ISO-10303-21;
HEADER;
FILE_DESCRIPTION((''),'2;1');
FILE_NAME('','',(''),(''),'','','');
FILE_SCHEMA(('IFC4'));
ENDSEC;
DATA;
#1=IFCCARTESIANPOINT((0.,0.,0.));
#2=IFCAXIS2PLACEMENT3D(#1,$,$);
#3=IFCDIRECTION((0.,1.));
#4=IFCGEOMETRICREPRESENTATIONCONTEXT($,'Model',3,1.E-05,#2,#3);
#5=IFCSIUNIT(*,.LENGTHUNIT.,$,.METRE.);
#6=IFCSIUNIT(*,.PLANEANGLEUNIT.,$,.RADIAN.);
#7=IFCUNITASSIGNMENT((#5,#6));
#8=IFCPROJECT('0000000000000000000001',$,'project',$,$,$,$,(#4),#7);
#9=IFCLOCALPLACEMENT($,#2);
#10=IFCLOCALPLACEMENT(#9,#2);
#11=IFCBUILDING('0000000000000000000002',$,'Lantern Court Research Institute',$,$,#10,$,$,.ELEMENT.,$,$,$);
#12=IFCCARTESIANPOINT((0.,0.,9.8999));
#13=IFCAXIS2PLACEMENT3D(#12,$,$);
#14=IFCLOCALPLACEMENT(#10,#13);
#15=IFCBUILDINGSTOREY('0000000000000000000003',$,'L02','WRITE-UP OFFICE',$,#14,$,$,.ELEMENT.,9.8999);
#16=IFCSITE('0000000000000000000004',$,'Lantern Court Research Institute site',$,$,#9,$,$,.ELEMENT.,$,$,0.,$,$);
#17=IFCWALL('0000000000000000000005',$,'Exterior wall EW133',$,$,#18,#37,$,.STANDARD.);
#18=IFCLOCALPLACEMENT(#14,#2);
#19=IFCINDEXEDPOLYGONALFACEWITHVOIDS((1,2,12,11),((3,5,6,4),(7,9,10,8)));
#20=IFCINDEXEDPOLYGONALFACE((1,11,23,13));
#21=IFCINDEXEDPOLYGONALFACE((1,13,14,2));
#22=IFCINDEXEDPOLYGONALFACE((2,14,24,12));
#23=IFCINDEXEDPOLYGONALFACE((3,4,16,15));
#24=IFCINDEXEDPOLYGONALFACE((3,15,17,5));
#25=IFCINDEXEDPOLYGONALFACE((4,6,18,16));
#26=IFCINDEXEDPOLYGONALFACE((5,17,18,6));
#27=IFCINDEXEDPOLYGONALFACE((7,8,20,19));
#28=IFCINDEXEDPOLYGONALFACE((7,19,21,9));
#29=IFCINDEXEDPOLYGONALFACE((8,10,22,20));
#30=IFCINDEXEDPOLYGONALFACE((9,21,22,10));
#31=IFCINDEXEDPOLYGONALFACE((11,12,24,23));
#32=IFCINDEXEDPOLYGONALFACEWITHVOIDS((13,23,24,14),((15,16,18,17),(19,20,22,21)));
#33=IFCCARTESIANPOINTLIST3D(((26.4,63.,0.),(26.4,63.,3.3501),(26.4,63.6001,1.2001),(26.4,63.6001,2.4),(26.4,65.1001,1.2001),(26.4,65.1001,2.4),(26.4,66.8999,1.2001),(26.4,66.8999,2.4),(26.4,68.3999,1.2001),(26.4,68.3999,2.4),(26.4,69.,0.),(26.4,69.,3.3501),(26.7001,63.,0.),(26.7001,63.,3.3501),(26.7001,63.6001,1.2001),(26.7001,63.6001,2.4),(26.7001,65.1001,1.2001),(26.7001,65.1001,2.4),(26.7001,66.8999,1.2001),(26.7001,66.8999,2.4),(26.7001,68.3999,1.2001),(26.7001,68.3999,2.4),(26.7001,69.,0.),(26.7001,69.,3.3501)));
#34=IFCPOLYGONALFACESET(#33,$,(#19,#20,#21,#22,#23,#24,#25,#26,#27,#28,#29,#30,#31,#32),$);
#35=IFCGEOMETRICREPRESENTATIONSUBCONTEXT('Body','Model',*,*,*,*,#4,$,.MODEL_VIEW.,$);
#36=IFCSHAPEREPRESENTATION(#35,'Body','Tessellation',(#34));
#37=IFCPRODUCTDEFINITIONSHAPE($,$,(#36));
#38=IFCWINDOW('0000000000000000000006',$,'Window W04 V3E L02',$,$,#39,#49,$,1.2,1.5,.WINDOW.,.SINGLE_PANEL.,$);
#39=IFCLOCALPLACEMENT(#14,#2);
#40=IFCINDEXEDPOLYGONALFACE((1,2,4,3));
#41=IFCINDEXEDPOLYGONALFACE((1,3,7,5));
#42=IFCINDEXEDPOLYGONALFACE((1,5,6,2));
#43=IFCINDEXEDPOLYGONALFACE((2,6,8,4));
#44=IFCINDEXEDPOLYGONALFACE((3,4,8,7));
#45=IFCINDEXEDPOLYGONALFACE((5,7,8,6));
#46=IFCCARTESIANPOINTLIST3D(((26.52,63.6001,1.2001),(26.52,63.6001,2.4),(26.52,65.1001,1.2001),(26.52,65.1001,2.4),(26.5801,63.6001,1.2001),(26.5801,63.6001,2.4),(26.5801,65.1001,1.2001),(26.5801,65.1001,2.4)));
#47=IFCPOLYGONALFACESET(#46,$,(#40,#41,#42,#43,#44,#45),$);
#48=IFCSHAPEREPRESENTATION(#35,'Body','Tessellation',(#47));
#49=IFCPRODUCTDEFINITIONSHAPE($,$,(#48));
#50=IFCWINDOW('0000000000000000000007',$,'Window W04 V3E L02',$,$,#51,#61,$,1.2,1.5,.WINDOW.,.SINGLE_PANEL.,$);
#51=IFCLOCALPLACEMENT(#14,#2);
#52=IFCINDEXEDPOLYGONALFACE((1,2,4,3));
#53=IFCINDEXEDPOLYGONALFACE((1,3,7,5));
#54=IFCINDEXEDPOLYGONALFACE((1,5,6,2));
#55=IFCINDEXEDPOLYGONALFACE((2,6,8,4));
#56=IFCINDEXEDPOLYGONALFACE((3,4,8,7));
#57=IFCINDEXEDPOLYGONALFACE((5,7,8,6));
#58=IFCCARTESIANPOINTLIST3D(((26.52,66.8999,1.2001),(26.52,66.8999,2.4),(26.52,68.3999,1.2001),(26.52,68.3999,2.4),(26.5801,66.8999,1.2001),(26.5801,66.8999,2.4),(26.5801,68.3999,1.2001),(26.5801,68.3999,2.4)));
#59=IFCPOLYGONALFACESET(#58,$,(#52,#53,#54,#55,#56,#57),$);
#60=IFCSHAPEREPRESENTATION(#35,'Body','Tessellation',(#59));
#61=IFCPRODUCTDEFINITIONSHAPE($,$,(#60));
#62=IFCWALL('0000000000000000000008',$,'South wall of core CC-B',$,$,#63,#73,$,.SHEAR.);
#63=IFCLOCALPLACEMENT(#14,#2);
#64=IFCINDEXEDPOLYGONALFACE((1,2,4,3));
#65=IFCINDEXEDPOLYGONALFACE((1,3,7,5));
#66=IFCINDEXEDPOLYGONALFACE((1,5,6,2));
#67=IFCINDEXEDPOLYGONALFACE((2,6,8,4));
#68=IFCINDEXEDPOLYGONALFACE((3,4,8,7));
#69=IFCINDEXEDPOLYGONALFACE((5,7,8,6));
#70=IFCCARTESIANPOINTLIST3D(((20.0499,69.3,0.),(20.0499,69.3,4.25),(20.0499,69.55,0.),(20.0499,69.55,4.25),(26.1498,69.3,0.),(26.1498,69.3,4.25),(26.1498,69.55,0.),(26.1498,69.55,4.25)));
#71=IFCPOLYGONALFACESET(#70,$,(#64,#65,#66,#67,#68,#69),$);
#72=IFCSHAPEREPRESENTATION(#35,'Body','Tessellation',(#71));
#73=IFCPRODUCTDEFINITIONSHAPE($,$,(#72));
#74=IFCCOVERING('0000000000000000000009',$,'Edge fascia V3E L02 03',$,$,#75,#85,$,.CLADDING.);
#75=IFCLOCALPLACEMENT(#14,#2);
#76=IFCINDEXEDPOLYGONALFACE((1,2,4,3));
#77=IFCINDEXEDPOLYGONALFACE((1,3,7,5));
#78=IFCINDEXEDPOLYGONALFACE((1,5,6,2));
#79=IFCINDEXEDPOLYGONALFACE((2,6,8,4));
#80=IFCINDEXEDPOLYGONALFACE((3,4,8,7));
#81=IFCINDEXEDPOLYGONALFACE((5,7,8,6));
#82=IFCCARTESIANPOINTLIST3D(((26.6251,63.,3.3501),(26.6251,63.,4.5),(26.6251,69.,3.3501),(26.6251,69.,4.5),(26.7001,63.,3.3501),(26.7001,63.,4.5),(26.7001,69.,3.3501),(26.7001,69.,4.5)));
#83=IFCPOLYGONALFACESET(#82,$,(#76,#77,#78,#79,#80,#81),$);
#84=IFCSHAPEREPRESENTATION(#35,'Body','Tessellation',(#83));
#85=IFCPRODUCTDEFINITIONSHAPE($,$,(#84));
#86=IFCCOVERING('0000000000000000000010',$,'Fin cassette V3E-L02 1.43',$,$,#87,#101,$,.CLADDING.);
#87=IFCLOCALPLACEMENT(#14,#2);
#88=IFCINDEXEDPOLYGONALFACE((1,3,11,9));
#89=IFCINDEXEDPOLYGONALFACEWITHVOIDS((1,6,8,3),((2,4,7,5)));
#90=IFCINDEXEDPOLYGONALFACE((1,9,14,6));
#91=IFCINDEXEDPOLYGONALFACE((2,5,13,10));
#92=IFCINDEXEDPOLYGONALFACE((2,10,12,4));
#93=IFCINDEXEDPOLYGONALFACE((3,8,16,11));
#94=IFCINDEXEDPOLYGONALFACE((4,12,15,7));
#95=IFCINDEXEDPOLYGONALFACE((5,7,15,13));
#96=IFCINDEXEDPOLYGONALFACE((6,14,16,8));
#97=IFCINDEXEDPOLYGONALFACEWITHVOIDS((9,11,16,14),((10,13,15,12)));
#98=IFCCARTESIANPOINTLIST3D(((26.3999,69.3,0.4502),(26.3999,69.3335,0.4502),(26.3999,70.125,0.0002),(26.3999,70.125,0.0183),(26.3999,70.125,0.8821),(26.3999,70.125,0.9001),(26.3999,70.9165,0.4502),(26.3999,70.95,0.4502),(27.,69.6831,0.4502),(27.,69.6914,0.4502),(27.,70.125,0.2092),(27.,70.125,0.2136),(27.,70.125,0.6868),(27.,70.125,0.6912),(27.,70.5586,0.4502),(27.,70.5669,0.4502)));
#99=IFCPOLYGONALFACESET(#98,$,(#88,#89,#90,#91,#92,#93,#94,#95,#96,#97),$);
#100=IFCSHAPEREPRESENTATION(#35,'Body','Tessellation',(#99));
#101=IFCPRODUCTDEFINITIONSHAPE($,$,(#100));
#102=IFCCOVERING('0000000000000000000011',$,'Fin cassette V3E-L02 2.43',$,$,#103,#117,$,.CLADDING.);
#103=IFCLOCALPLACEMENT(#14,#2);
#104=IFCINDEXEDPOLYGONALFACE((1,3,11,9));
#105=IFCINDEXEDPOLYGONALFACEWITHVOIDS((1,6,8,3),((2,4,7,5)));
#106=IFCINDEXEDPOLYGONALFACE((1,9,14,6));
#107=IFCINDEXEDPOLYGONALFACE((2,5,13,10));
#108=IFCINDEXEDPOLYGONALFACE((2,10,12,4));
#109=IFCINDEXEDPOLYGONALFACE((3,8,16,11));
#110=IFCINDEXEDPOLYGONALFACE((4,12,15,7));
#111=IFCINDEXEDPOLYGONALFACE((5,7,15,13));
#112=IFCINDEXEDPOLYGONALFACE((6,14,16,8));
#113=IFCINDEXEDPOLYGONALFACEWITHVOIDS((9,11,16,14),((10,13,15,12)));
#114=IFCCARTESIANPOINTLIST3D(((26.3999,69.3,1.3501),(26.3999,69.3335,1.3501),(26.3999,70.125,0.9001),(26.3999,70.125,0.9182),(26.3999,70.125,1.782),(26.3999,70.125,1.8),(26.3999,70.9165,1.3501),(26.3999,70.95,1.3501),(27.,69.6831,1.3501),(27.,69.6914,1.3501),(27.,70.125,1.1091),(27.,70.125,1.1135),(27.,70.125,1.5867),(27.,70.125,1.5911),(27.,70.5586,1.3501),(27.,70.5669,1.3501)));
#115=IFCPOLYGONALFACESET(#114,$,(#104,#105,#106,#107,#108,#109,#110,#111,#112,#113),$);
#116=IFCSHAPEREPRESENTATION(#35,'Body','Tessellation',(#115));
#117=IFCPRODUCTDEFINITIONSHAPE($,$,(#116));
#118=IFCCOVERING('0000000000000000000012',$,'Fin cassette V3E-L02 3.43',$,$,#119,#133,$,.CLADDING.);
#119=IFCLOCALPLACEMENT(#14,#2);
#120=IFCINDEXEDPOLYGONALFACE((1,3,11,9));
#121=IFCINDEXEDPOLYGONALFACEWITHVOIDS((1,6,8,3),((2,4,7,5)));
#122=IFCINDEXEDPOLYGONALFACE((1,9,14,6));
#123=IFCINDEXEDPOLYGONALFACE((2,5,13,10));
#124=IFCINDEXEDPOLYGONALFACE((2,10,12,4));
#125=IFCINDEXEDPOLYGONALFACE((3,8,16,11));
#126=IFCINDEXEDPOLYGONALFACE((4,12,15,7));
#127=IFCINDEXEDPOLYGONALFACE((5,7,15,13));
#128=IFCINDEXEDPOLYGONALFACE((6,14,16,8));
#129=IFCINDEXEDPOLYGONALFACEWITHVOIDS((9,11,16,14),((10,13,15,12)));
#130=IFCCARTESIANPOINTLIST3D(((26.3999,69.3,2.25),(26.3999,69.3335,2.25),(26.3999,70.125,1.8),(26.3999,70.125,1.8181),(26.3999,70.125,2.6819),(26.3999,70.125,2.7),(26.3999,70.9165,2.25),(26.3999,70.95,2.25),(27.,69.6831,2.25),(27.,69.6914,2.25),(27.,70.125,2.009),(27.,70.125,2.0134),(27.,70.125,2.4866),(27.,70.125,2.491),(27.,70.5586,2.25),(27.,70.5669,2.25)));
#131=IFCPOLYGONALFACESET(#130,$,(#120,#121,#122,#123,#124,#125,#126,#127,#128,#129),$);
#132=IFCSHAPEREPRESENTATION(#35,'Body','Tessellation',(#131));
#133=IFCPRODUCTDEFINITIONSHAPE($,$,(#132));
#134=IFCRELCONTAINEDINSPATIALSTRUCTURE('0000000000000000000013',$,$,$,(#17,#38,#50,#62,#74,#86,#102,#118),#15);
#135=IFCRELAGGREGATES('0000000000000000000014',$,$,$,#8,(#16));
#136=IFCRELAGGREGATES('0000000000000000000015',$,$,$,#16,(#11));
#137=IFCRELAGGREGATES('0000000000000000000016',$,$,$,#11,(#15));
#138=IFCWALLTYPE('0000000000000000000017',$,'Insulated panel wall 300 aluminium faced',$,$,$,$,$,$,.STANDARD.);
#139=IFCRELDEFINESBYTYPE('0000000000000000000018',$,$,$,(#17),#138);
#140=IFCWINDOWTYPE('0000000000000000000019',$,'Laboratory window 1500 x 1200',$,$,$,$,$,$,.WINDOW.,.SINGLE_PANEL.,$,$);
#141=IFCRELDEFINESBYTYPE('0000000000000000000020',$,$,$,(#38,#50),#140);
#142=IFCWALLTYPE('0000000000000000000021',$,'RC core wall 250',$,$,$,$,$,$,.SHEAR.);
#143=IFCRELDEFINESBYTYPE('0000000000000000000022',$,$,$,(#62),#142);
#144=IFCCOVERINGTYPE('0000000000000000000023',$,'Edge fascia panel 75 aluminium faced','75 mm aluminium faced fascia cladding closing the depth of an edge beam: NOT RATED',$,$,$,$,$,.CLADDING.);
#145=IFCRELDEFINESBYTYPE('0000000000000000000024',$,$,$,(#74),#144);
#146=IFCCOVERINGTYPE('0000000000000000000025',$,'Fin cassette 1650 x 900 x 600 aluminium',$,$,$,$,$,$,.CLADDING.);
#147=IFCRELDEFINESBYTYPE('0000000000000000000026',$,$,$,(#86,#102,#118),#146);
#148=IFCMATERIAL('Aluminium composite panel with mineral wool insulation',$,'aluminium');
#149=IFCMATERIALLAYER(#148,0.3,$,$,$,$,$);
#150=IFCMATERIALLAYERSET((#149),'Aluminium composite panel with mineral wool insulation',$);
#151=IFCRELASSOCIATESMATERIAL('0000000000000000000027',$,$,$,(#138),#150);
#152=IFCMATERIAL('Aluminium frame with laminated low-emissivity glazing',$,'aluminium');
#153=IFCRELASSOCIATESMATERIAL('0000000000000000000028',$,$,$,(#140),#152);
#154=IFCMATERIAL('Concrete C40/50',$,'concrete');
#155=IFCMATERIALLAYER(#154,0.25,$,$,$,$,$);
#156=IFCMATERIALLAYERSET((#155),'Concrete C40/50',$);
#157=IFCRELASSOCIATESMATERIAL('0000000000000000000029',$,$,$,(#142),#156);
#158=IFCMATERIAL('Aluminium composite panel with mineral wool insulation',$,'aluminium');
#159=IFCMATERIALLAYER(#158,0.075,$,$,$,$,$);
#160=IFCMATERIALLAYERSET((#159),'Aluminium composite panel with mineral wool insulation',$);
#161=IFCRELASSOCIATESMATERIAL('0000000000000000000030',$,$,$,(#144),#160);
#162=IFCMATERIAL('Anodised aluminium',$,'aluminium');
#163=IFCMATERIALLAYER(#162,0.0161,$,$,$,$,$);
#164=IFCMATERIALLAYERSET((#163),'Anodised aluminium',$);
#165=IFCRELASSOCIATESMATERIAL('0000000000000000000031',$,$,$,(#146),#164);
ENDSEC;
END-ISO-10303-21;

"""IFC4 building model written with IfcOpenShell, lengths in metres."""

from ifc_helpers import new_model, entity, si_unit, direction, frame, frame_2d, origin, place, context, subcontext, project, spatial, rectangle, extrude, material, layer, layer_set, type_object, element, fill, save


model = new_model("IFC4")

# Units and contexts
model_context = context("Model", 3, precision=1e-05, world=origin(), true_north=direction((0.0, 1.0)))
body_context = subcontext(model_context, "Body", "Model", "MODEL_VIEW")
ifc_project = project(units=[si_unit("LENGTHUNIT", "METRE"), si_unit("PLANEANGLEUNIT", "RADIAN")], contexts=[model_context])

# Site, building, storey
site_placement = place(None, origin())
site = spatial("IfcSite", under=ifc_project, at=site_placement, Name="Lantern Court Research Institute site", CompositionType="ELEMENT", RefElevation=0.0)
building_placement = place(site_placement, origin())
building = spatial("IfcBuilding", under=site, at=building_placement, Name="Lantern Court Research Institute", CompositionType="ELEMENT")
storey_placement = place(building_placement, frame((0.0, 0.0, 9.8999)))
storey = spatial("IfcBuildingStorey", under=building, at=storey_placement, Name="L02", Description="WRITE-UP OFFICE", CompositionType="ELEMENT", Elevation=9.8999)

# Wall, openings, windows
ifc_material_1 = material(Name="Aluminium composite panel with mineral wool insulation", Category="aluminium")
ifc_layer_1 = layer(ifc_material_1, 0.3)
ifc_layer_set_1 = layer_set([ifc_layer_1], Name="Aluminium composite panel with mineral wool insulation")
wall_type_1 = type_object("IfcWallType", Name="Insulated panel wall 300 aluminium faced", PredefinedType="STANDARD", material=ifc_layer_set_1)
wall_1_placement = place(storey_placement, frame((26.55, 69.0, 0.0), z_axis=(0.0, 0.0, 1.0), x_axis=(0.0, -1.0, 0.0)))
wall_1 = element("IfcWall", 1, at=wall_1_placement, inside=storey, type_object=wall_type_1, Name="Exterior wall EW133", PredefinedType="STANDARD", context=body_context, shape_type="SweptSolid", body=[
    extrude(rectangle(XDim=6.0, YDim=0.3, at=frame_2d((3.0, 0.0))), origin(), (0.0, 0.0, 1.0), 3.3501),
])
opening_1_placement = place(wall_1_placement, frame((3.8999, 0.0, 1.2)))
opening_1 = element("IfcOpeningElement", 2, at=opening_1_placement, cuts=wall_1, PredefinedType="OPENING", context=body_context, shape_type="SweptSolid", body=[
    extrude(rectangle(XDim=1.5, YDim=1.2, at=frame_2d((0.75, 0.6001))), frame((0.0, 0.1599, 0.0), z_axis=(0.0, -1.0, 0.0), x_axis=(1.0, 0.0, 0.0)), (0.0, 0.0, 1.0), 0.3201),
])
opening_2_placement = place(wall_1_placement, frame((0.6001, 0.0, 1.2)))
opening_2 = element("IfcOpeningElement", 3, at=opening_2_placement, cuts=wall_1, PredefinedType="OPENING", context=body_context, shape_type="SweptSolid", body=[
    extrude(rectangle(XDim=1.5, YDim=1.2, at=frame_2d((0.75, 0.6001))), frame((0.0, 0.1599, 0.0), z_axis=(0.0, -1.0, 0.0), x_axis=(1.0, 0.0, 0.0)), (0.0, 0.0, 1.0), 0.3201),
])
ifc_material_2 = material(Name="Aluminium frame with laminated low-emissivity glazing", Category="aluminium")
window_type = type_object("IfcWindowType", Name="Laboratory window 1500 x 1200", PartitioningType="SINGLE_PANEL", PredefinedType="WINDOW", material=ifc_material_2)
window_1_placement = place(opening_1_placement, origin())
window_1 = element("IfcWindow", 4, at=window_1_placement, inside=storey, type_object=window_type, Name="Window W04 V3E L02", OverallHeight=1.2, OverallWidth=1.5, PartitioningType="SINGLE_PANEL", PredefinedType="WINDOW", context=body_context, shape_type="SweptSolid", body=[
    extrude(rectangle(XDim=1.5, YDim=1.2, at=frame_2d((0.75, 0.6001))), frame((0.0, 0.03, 0.0), z_axis=(0.0, -1.0, 0.0), x_axis=(1.0, 0.0, 0.0)), (0.0, 0.0, 1.0), 0.0601),
])
fill(opening_1, window_1)
window_2_placement = place(opening_2_placement, origin())
window_2 = element("IfcWindow", 5, at=window_2_placement, inside=storey, type_object=window_type, Name="Window W04 V3E L02", OverallHeight=1.2, OverallWidth=1.5, PartitioningType="SINGLE_PANEL", PredefinedType="WINDOW", context=body_context, shape_type="SweptSolid", body=[
    extrude(rectangle(XDim=1.5, YDim=1.2, at=frame_2d((0.75, 0.6001))), frame((0.0, 0.03, 0.0), z_axis=(0.0, -1.0, 0.0), x_axis=(1.0, 0.0, 0.0)), (0.0, 0.0, 1.0), 0.0601),
])
fill(opening_2, window_2)

# Wall
ifc_material_3 = material(Name="Concrete C40/50", Category="concrete")
ifc_layer_2 = layer(ifc_material_3, 0.25)
ifc_layer_set_2 = layer_set([ifc_layer_2], Name="Concrete C40/50")
wall_type_2 = type_object("IfcWallType", Name="RC core wall 250", PredefinedType="SHEAR", material=ifc_layer_set_2)
wall_2_placement = place(storey_placement, frame((20.05, 69.425, 0.0), z_axis=(0.0, 0.0, 1.0), x_axis=(1.0, 0.0, 0.0)))
element("IfcWall", 6, at=wall_2_placement, inside=storey, type_object=wall_type_2, Name="South wall of core CC-B", PredefinedType="SHEAR", context=body_context, shape_type="SweptSolid", body=[
    extrude(rectangle(XDim=6.0999, YDim=0.25, at=frame_2d((3.0498, 0.0))), origin(), (0.0, 0.0, 1.0), 4.25),
])

# Coverings
ifc_material_4 = material(Name="Aluminium composite panel with mineral wool insulation", Category="aluminium")
ifc_layer_3 = layer(ifc_material_4, 0.075)
ifc_layer_set_3 = layer_set([ifc_layer_3], Name="Aluminium composite panel with mineral wool insulation")
covering_type_1 = type_object("IfcCoveringType", Name="Edge fascia panel 75 aluminium faced", Description="75 mm aluminium faced fascia cladding closing the depth of an edge beam: NOT RATED", PredefinedType="CLADDING", material=ifc_layer_set_3)
covering_1_placement = place(storey_placement, frame((26.6626, 69.0, 3.3501), z_axis=(0.0, 0.0, 1.0), x_axis=(0.0, -1.0, 0.0)))
element("IfcCovering", 7, at=covering_1_placement, inside=storey, type_object=covering_type_1, Name="Edge fascia V3E L02 03", PredefinedType="CLADDING", context=body_context, shape_type="SweptSolid", body=[
    extrude(rectangle(XDim=6.0, YDim=0.075, at=frame_2d((3.0, 0.0))), origin(), (0.0, 0.0, 1.0), 1.1499),
])
ifc_material_5 = material(Name="Anodised aluminium", Category="aluminium")
ifc_layer_4 = layer(ifc_material_5, 0.0161)
ifc_layer_set_4 = layer_set([ifc_layer_4], Name="Anodised aluminium")
covering_type_2 = type_object("IfcCoveringType", Name="Fin cassette 1650 x 900 x 600 aluminium", PredefinedType="CLADDING", material=ifc_layer_set_4)
covering_2_placement = place(storey_placement, frame((26.3999, 70.125, 0.4502), z_axis=(1.0, 0.0, 0.0), x_axis=(0.0, 1.0, 0.0)))
cartesian_point_1 = entity("IfcCartesianPoint", [0.825, 0.0])
cartesian_point_2 = entity("IfcCartesianPoint", [0.7915, 0.0])
cartesian_point_3 = entity("IfcCartesianPoint", [0.4419, 0.0])
cartesian_point_4 = entity("IfcCartesianPoint", [0.4336, 0.0])
element("IfcCovering", 8, at=covering_2_placement, inside=storey, type_object=covering_type_2, Name="Fin cassette V3E-L02 1.43", PredefinedType="CLADDING", context=body_context, shape_type="SweptSolid", body=[
    entity("IfcExtrudedAreaSolidTapered", entity("IfcArbitraryProfileDefWithVoids", "AREA", None, entity("IfcPolyline", [cartesian_point_1, entity("IfcCartesianPoint", [0.0, 0.45]), entity("IfcCartesianPoint", [-0.825, 0.0]), entity("IfcCartesianPoint", [0.0, -0.45]), cartesian_point_1]), [entity("IfcPolyline", [cartesian_point_2, entity("IfcCartesianPoint", [0.0, 0.4319]), entity("IfcCartesianPoint", [-0.7915, 0.0]), entity("IfcCartesianPoint", [0.0, -0.4319]), cartesian_point_2])]), entity("IfcAxis2Placement3D", entity("IfcCartesianPoint", [0.0, 0.0, 0.0])), entity("IfcDirection", [0.0, 0.0, 1.0]), 0.6001, entity("IfcArbitraryProfileDefWithVoids", "AREA", None, entity("IfcPolyline", [cartesian_point_3, entity("IfcCartesianPoint", [0.0, 0.241]), entity("IfcCartesianPoint", [-0.4419, 0.0]), entity("IfcCartesianPoint", [0.0, -0.241]), cartesian_point_3]), [entity("IfcPolyline", [cartesian_point_4, entity("IfcCartesianPoint", [0.0, 0.2366]), entity("IfcCartesianPoint", [-0.4336, 0.0]), entity("IfcCartesianPoint", [0.0, -0.2366]), cartesian_point_4])])),
])
covering_3_placement = place(storey_placement, frame((26.3999, 70.125, 1.3501), z_axis=(1.0, 0.0, 0.0), x_axis=(0.0, 1.0, 0.0)))
cartesian_point_5 = entity("IfcCartesianPoint", [0.825, 0.0])
cartesian_point_6 = entity("IfcCartesianPoint", [0.7915, 0.0])
cartesian_point_7 = entity("IfcCartesianPoint", [0.4419, 0.0])
cartesian_point_8 = entity("IfcCartesianPoint", [0.4336, 0.0])
element("IfcCovering", 9, at=covering_3_placement, inside=storey, type_object=covering_type_2, Name="Fin cassette V3E-L02 2.43", PredefinedType="CLADDING", context=body_context, shape_type="SweptSolid", body=[
    entity("IfcExtrudedAreaSolidTapered", entity("IfcArbitraryProfileDefWithVoids", "AREA", None, entity("IfcPolyline", [cartesian_point_5, entity("IfcCartesianPoint", [0.0, 0.45]), entity("IfcCartesianPoint", [-0.825, 0.0]), entity("IfcCartesianPoint", [0.0, -0.45]), cartesian_point_5]), [entity("IfcPolyline", [cartesian_point_6, entity("IfcCartesianPoint", [0.0, 0.4319]), entity("IfcCartesianPoint", [-0.7915, 0.0]), entity("IfcCartesianPoint", [0.0, -0.4319]), cartesian_point_6])]), entity("IfcAxis2Placement3D", entity("IfcCartesianPoint", [0.0, 0.0, 0.0])), entity("IfcDirection", [0.0, 0.0, 1.0]), 0.6001, entity("IfcArbitraryProfileDefWithVoids", "AREA", None, entity("IfcPolyline", [cartesian_point_7, entity("IfcCartesianPoint", [0.0, 0.241]), entity("IfcCartesianPoint", [-0.4419, 0.0]), entity("IfcCartesianPoint", [0.0, -0.241]), cartesian_point_7]), [entity("IfcPolyline", [cartesian_point_8, entity("IfcCartesianPoint", [0.0, 0.2366]), entity("IfcCartesianPoint", [-0.4336, 0.0]), entity("IfcCartesianPoint", [0.0, -0.2366]), cartesian_point_8])])),
])
covering_4_placement = place(storey_placement, frame((26.3999, 70.125, 2.25), z_axis=(1.0, 0.0, 0.0), x_axis=(0.0, 1.0, 0.0)))
cartesian_point_9 = entity("IfcCartesianPoint", [0.825, 0.0])
cartesian_point_10 = entity("IfcCartesianPoint", [0.7915, 0.0])
cartesian_point_11 = entity("IfcCartesianPoint", [0.4419, 0.0])
cartesian_point_12 = entity("IfcCartesianPoint", [0.4336, 0.0])
element("IfcCovering", 10, at=covering_4_placement, inside=storey, type_object=covering_type_2, Name="Fin cassette V3E-L02 3.43", PredefinedType="CLADDING", context=body_context, shape_type="SweptSolid", body=[
    entity("IfcExtrudedAreaSolidTapered", entity("IfcArbitraryProfileDefWithVoids", "AREA", None, entity("IfcPolyline", [cartesian_point_9, entity("IfcCartesianPoint", [0.0, 0.45]), entity("IfcCartesianPoint", [-0.825, 0.0]), entity("IfcCartesianPoint", [0.0, -0.45]), cartesian_point_9]), [entity("IfcPolyline", [cartesian_point_10, entity("IfcCartesianPoint", [0.0, 0.4319]), entity("IfcCartesianPoint", [-0.7915, 0.0]), entity("IfcCartesianPoint", [0.0, -0.4319]), cartesian_point_10])]), entity("IfcAxis2Placement3D", entity("IfcCartesianPoint", [0.0, 0.0, 0.0])), entity("IfcDirection", [0.0, 0.0, 1.0]), 0.6001, entity("IfcArbitraryProfileDefWithVoids", "AREA", None, entity("IfcPolyline", [cartesian_point_11, entity("IfcCartesianPoint", [0.0, 0.241]), entity("IfcCartesianPoint", [-0.4419, 0.0]), entity("IfcCartesianPoint", [0.0, -0.241]), cartesian_point_11]), [entity("IfcPolyline", [cartesian_point_12, entity("IfcCartesianPoint", [0.0, 0.2366]), entity("IfcCartesianPoint", [-0.4336, 0.0]), entity("IfcCartesianPoint", [0.0, -0.2366]), cartesian_point_12])])),
])

save(model, "model.ifc")
